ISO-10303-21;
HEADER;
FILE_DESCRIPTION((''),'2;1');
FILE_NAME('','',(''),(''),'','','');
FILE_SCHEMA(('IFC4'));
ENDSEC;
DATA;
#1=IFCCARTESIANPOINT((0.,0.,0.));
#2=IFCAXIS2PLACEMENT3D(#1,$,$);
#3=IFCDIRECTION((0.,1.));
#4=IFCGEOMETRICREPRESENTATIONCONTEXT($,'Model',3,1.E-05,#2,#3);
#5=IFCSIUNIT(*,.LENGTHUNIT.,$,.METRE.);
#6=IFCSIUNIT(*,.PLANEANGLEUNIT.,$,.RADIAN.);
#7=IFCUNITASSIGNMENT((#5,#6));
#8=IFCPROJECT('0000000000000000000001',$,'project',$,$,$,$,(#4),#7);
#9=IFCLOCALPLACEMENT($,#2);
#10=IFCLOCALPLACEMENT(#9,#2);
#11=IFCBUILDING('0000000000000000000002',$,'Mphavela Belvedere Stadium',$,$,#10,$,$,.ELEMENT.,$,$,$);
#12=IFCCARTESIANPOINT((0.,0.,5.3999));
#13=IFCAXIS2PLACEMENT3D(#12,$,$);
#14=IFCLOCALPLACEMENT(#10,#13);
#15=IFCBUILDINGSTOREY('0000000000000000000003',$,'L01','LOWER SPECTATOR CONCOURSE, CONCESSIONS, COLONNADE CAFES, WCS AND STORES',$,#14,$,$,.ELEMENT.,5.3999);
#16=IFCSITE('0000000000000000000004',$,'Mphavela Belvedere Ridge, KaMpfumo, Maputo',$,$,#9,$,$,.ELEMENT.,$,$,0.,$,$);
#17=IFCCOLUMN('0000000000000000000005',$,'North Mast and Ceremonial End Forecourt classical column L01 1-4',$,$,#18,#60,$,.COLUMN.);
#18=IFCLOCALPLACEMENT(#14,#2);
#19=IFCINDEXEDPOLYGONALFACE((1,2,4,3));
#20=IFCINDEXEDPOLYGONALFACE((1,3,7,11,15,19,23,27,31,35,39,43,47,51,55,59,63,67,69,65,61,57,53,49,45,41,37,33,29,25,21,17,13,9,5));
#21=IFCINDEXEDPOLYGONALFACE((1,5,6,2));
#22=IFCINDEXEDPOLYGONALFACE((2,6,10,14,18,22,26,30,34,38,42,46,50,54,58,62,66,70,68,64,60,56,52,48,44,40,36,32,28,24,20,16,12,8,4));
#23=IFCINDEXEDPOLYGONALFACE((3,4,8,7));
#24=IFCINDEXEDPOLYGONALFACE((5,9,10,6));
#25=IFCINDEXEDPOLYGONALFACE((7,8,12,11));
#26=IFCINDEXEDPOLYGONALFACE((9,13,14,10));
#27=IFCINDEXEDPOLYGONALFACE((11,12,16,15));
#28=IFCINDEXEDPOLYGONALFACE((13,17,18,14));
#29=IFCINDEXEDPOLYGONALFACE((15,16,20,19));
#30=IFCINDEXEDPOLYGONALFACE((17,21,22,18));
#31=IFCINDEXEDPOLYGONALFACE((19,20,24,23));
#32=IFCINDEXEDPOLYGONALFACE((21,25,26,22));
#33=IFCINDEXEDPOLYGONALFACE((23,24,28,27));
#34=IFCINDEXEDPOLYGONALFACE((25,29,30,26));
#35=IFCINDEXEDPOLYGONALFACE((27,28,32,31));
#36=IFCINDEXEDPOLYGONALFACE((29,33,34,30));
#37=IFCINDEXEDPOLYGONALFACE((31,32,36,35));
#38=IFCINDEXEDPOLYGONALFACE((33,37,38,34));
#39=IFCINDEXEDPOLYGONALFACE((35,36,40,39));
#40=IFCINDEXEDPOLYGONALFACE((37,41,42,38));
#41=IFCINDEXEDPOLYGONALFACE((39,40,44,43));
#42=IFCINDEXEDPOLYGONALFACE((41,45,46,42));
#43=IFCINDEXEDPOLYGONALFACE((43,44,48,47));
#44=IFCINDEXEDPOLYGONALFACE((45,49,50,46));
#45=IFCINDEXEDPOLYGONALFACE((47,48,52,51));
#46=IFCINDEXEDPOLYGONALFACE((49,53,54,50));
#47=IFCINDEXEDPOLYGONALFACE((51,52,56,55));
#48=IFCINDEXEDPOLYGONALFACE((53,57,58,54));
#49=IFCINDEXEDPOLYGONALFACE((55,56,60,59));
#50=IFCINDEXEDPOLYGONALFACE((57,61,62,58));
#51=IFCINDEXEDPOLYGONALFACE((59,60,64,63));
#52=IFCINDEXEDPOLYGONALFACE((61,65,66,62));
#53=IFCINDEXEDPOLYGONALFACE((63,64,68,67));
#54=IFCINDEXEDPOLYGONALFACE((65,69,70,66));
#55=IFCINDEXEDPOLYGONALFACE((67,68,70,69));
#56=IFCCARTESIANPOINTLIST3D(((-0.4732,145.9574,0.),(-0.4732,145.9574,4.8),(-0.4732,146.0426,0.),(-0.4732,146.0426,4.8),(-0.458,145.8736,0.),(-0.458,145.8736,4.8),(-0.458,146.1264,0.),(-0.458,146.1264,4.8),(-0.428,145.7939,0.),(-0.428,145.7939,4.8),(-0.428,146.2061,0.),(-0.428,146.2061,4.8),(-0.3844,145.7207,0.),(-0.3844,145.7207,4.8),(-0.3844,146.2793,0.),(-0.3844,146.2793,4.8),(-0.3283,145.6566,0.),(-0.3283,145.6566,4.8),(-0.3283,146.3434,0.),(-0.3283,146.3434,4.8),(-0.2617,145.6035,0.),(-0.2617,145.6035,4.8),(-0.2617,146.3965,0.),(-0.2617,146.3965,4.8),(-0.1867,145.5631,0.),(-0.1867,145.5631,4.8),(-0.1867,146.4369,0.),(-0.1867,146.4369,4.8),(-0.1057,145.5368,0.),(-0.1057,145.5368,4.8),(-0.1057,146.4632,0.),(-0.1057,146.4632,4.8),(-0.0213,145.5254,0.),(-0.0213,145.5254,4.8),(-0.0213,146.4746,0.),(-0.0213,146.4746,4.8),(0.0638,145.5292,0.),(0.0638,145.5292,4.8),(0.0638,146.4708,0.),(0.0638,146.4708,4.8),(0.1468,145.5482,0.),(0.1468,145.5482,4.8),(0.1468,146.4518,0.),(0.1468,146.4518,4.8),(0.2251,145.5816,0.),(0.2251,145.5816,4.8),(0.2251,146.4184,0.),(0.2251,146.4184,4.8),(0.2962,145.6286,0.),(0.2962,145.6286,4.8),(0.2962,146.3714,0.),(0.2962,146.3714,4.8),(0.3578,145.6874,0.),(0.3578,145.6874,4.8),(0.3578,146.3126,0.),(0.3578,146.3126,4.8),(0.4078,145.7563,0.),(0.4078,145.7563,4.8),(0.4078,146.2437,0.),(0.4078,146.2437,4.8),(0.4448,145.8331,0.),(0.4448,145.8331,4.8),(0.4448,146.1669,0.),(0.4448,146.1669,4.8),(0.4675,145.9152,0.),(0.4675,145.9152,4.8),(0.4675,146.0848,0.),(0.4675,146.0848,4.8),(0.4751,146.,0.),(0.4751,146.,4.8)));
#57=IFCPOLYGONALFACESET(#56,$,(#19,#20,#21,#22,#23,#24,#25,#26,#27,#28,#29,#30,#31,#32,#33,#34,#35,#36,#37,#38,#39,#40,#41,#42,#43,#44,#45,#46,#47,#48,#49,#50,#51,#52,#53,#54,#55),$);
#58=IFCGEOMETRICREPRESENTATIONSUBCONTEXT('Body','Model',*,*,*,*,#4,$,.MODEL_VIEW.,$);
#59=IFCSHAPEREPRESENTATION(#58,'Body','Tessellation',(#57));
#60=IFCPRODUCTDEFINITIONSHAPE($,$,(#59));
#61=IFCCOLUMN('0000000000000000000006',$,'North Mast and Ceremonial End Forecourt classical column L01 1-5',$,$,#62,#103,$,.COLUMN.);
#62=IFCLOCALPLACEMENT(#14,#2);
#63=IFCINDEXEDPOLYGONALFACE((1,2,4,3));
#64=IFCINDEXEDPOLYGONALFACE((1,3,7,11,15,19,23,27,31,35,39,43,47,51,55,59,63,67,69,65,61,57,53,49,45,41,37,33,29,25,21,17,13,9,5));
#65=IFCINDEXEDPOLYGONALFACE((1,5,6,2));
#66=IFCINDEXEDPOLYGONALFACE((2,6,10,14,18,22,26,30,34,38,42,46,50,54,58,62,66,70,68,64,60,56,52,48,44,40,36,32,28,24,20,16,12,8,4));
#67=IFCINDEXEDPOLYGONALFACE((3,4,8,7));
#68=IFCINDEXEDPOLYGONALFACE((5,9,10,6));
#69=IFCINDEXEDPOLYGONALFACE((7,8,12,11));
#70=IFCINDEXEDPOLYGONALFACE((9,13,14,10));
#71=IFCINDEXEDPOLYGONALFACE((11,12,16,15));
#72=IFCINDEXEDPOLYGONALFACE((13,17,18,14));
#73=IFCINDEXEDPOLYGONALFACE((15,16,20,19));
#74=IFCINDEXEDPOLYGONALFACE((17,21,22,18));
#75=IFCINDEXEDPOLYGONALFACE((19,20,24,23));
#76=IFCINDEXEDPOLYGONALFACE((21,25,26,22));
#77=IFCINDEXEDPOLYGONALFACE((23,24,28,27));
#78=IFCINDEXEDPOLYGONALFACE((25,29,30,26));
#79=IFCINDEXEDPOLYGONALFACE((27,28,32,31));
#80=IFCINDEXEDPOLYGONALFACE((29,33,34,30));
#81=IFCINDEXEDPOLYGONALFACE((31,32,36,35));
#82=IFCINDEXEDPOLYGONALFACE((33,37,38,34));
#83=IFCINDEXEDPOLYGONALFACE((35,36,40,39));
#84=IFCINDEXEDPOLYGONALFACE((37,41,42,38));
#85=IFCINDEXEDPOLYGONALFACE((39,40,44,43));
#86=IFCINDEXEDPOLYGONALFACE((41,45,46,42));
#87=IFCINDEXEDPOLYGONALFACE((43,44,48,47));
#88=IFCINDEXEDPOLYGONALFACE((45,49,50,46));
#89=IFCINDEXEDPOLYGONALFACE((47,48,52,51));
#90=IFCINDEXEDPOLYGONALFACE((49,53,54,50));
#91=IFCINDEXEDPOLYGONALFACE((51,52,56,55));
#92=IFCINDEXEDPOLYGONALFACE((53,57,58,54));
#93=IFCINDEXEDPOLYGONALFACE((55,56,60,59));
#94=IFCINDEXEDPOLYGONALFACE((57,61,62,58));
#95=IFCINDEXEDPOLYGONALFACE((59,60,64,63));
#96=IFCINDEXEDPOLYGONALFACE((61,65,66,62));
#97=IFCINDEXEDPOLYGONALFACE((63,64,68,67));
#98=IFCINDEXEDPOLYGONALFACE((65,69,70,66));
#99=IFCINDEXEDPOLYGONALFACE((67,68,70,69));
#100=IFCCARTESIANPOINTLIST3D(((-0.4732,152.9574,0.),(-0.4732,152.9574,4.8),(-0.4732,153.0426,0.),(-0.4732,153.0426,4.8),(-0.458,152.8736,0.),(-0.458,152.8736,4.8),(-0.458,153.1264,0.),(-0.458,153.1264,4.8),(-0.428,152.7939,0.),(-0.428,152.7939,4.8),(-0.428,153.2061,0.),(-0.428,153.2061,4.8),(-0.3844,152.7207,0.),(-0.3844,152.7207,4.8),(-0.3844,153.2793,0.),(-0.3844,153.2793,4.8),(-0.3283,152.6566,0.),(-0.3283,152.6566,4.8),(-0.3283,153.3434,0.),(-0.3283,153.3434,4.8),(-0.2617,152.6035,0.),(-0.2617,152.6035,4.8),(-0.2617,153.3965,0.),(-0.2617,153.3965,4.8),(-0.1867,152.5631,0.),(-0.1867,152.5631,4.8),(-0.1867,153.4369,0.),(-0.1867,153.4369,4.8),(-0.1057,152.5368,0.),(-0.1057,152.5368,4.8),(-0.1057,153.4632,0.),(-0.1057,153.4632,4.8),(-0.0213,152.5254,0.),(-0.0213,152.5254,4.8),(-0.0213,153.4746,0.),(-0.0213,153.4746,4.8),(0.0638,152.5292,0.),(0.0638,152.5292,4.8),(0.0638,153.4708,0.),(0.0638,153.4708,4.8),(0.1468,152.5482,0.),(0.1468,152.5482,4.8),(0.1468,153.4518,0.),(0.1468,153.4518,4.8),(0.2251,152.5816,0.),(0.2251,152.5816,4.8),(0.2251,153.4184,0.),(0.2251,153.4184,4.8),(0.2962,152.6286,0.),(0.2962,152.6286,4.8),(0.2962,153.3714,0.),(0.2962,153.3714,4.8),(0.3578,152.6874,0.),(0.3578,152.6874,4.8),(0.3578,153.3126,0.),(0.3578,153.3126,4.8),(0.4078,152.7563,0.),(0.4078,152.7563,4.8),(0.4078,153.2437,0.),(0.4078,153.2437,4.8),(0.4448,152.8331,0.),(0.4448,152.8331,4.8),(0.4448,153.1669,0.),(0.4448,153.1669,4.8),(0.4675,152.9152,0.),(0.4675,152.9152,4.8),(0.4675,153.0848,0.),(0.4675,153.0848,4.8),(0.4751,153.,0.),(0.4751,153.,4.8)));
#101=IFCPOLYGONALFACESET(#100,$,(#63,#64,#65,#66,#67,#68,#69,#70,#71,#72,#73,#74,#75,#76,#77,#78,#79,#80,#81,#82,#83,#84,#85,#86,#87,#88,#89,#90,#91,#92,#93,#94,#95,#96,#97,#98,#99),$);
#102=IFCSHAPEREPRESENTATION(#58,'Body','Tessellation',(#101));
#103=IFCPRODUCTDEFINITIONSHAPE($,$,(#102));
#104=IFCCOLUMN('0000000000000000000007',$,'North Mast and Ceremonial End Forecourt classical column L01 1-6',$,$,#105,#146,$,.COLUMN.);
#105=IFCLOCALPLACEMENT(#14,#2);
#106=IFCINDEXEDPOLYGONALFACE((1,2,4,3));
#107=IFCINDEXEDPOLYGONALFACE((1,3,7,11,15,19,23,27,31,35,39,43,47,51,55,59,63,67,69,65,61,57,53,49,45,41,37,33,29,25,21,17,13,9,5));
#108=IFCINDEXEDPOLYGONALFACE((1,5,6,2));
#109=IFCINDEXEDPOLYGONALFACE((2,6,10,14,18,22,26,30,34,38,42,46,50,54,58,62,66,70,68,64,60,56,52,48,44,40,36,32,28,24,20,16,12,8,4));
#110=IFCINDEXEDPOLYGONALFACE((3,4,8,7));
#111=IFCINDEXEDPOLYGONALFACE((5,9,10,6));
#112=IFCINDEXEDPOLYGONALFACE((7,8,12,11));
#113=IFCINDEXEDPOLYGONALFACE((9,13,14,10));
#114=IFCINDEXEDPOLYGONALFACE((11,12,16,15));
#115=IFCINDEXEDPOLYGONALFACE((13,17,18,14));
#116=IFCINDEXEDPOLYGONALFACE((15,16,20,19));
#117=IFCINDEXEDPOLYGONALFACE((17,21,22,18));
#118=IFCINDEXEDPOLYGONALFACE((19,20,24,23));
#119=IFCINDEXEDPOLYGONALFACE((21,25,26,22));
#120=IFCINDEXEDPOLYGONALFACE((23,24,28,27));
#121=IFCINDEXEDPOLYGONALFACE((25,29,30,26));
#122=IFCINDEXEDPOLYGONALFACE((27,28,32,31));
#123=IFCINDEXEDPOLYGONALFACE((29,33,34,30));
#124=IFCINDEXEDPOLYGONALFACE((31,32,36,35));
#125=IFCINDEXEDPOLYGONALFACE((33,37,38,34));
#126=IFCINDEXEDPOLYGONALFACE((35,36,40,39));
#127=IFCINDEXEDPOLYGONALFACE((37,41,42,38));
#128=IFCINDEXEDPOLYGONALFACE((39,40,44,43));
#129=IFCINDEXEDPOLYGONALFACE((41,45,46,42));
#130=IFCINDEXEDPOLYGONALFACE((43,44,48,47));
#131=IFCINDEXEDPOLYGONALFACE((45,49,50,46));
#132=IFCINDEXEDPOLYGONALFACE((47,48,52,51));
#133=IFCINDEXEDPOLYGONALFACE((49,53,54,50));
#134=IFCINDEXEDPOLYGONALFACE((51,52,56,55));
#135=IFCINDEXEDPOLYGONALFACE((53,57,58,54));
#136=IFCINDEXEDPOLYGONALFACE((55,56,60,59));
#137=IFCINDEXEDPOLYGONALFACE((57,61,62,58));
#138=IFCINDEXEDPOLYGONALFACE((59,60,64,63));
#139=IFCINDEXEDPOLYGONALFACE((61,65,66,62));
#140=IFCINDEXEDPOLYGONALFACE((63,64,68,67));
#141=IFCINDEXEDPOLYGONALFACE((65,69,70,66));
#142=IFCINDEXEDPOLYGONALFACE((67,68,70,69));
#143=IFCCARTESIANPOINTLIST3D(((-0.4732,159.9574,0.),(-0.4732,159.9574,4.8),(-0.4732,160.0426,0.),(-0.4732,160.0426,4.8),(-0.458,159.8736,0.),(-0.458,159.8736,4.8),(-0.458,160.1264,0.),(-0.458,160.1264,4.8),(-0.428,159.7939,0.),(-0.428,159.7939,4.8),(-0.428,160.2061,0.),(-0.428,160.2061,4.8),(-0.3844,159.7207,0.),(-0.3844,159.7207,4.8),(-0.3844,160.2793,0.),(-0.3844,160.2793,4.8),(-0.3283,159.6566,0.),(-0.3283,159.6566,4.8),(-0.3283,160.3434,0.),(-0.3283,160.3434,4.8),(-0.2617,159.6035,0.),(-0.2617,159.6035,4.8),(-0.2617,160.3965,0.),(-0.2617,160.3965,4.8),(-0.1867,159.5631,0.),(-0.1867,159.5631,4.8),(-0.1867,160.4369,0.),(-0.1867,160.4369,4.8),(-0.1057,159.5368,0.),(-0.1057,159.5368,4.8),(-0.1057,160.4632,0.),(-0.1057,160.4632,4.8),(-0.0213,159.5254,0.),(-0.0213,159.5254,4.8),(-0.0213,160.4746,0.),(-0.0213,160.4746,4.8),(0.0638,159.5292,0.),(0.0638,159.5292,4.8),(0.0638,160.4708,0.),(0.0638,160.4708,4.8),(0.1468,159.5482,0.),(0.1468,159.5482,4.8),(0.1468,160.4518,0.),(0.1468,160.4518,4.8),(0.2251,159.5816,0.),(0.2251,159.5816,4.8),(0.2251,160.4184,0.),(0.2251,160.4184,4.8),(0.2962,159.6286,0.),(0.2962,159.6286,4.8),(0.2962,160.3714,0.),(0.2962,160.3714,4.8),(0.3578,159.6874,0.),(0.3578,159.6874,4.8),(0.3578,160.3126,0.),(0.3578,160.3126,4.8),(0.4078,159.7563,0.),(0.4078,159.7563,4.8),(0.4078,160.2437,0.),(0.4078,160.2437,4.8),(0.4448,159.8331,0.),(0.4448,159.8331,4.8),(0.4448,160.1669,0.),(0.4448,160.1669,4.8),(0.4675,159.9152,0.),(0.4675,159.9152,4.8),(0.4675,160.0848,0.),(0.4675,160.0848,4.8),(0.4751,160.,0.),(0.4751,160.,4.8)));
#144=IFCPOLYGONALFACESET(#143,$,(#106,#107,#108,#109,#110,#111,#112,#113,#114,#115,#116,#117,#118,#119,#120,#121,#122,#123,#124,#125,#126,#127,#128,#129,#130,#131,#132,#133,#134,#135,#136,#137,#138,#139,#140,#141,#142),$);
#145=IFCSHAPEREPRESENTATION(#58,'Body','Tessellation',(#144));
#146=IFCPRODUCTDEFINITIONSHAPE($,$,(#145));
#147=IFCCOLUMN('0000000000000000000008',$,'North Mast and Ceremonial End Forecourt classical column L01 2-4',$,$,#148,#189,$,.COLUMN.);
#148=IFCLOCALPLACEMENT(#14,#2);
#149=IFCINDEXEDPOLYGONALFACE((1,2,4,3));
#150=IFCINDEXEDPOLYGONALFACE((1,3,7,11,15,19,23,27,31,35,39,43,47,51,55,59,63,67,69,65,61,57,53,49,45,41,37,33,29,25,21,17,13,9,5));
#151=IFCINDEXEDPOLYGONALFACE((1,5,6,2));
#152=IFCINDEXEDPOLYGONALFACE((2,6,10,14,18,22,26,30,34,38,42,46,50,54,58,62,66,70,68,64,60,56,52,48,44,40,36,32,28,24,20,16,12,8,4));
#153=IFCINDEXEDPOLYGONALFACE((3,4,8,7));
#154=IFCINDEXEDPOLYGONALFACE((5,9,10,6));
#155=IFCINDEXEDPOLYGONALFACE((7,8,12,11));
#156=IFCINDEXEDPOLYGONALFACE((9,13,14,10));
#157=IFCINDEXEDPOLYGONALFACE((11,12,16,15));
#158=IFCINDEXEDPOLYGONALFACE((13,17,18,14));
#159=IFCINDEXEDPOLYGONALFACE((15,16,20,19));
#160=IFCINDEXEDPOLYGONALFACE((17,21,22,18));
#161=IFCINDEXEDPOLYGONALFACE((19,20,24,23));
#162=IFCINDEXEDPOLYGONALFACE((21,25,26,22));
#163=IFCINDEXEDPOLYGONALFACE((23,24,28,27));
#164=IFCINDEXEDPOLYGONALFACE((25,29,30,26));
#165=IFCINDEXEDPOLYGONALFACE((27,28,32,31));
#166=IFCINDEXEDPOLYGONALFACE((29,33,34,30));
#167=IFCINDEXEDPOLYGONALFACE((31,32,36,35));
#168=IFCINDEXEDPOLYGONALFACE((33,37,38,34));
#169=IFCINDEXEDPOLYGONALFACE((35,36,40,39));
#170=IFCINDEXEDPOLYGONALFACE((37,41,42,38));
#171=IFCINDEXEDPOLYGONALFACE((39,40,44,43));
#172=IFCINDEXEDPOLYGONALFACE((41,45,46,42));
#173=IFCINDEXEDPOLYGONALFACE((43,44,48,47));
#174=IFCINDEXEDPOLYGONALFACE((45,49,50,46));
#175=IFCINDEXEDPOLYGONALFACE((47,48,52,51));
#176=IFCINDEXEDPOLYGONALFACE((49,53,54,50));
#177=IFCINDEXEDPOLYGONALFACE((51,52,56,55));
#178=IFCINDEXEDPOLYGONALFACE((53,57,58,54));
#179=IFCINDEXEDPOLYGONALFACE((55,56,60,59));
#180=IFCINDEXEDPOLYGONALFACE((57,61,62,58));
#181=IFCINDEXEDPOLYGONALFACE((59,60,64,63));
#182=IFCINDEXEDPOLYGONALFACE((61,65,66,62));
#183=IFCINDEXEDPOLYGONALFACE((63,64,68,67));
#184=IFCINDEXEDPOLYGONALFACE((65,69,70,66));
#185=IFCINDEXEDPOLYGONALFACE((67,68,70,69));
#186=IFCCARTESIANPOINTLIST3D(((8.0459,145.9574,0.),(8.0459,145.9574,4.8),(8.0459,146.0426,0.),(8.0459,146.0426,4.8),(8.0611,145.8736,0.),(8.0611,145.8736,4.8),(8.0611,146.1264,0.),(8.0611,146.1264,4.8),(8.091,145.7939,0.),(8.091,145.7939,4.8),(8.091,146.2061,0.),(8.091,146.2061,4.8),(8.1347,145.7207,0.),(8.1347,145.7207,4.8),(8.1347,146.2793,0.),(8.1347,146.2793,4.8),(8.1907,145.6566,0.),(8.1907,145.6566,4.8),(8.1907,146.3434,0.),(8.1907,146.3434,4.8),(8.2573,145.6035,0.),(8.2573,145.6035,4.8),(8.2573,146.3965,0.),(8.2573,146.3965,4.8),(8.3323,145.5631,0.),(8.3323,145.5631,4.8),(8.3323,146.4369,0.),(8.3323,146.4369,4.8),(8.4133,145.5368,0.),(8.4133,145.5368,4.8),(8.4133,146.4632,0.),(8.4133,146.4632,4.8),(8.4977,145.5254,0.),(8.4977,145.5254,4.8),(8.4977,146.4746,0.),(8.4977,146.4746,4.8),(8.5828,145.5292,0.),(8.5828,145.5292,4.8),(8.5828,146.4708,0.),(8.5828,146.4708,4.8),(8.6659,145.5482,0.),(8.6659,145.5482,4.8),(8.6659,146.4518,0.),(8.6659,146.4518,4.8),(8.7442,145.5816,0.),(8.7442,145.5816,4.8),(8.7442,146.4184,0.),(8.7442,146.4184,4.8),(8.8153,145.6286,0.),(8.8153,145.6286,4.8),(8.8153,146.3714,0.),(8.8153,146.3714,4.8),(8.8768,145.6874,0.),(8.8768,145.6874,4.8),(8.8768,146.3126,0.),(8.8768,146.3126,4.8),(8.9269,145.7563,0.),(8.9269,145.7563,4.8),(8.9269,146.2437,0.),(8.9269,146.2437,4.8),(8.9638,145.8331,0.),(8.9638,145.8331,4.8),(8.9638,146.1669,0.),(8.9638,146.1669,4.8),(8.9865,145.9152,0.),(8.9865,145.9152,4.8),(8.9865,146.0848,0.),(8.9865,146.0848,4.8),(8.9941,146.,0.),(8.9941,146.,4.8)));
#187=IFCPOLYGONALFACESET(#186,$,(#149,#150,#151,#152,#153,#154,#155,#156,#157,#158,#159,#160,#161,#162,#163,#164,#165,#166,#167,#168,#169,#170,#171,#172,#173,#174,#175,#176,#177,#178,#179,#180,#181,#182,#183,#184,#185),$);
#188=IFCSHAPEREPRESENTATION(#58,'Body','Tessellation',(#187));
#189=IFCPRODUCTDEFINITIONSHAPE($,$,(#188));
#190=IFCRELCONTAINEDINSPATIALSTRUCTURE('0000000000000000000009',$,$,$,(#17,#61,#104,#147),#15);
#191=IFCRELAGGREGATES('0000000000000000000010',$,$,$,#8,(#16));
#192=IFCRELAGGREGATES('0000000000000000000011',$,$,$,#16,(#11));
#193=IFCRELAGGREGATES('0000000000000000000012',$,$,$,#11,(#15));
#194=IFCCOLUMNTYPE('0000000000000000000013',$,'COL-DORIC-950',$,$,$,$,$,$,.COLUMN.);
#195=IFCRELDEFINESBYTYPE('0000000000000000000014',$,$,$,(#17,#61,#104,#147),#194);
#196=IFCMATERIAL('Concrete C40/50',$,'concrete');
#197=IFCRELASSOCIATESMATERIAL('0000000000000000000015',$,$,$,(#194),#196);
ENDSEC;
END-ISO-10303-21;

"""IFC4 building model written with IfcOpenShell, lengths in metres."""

from ifc_helpers import new_model, si_unit, direction, frame, origin, origin_2d, place, context, subcontext, project, spatial, circle, extrude, material, material_profile, profile_set, type_object, element, save


model = new_model("IFC4")

# Units and contexts
model_context = context("Model", 3, precision=1e-05, world=origin(), true_north=direction((0.0, 1.0)))
body_context = subcontext(model_context, "Body", "Model", "MODEL_VIEW")
ifc_project = project(units=[si_unit("LENGTHUNIT", "METRE"), si_unit("PLANEANGLEUNIT", "RADIAN")], contexts=[model_context])

# Site, building, storey
site_placement = place(None, origin())
site = spatial("IfcSite", under=ifc_project, at=site_placement, Name="Mphavela Belvedere Ridge, KaMpfumo, Maputo", CompositionType="ELEMENT", RefElevation=0.0)
building_placement = place(site_placement, origin())
building = spatial("IfcBuilding", under=site, at=building_placement, Name="Mphavela Belvedere Stadium", CompositionType="ELEMENT")
storey_placement = place(building_placement, frame((0.0, 0.0, 5.3999)))
storey = spatial("IfcBuildingStorey", under=building, at=storey_placement, Name="L01", Description="LOWER SPECTATOR CONCOURSE, CONCESSIONS, COLONNADE CAFES, WCS AND STORES", CompositionType="ELEMENT", Elevation=5.3999)

# Columns
ifc_material_1 = material(Name="Concrete C40/50", Category="concrete")
ifc_material_profile_1 = material_profile(ifc_material_1, circle(Radius=0.4751, at=origin_2d()), Name="COL D950")
ifc_profile_set_1 = profile_set([ifc_material_profile_1], Name="Concrete C40/50")
column_type = type_object("IfcColumnType", Name="COL-DORIC-950", PredefinedType="COLUMN", material=ifc_profile_set_1)
for number, where, z_axis, x_axis, name in (
    (1, (0.0, 146.0, 0.0), (0.0, 0.0, 1.0), (1.0, 0.0, 0.0), "North Mast and Ceremonial End Forecourt classical column L01 1-4"),
    (2, (0.0, 153.0, 0.0), (0.0, 0.0, 1.0), (1.0, 0.0, 0.0), "North Mast and Ceremonial End Forecourt classical column L01 1-5"),
    (3, (0.0, 160.0, 0.0), (0.0, 0.0, 1.0), (1.0, 0.0, 0.0), "North Mast and Ceremonial End Forecourt classical column L01 1-6"),
    (4, (8.519, 146.0, 0.0), (0.0, 0.0, 1.0), (1.0, 0.0, 0.0), "North Mast and Ceremonial End Forecourt classical column L01 2-4"),
):
    element("IfcColumn", number, at=place(storey_placement, frame(where, z_axis=z_axis, x_axis=x_axis)), inside=storey, type_object=column_type, Name=name, PredefinedType="COLUMN", context=body_context, shape_type="SweptSolid", body=[
        extrude(circle(Radius=0.4751, at=origin_2d()), origin(), (0.0, 0.0, 1.0), 4.8),
    ])

save(model, "model.ifc")
